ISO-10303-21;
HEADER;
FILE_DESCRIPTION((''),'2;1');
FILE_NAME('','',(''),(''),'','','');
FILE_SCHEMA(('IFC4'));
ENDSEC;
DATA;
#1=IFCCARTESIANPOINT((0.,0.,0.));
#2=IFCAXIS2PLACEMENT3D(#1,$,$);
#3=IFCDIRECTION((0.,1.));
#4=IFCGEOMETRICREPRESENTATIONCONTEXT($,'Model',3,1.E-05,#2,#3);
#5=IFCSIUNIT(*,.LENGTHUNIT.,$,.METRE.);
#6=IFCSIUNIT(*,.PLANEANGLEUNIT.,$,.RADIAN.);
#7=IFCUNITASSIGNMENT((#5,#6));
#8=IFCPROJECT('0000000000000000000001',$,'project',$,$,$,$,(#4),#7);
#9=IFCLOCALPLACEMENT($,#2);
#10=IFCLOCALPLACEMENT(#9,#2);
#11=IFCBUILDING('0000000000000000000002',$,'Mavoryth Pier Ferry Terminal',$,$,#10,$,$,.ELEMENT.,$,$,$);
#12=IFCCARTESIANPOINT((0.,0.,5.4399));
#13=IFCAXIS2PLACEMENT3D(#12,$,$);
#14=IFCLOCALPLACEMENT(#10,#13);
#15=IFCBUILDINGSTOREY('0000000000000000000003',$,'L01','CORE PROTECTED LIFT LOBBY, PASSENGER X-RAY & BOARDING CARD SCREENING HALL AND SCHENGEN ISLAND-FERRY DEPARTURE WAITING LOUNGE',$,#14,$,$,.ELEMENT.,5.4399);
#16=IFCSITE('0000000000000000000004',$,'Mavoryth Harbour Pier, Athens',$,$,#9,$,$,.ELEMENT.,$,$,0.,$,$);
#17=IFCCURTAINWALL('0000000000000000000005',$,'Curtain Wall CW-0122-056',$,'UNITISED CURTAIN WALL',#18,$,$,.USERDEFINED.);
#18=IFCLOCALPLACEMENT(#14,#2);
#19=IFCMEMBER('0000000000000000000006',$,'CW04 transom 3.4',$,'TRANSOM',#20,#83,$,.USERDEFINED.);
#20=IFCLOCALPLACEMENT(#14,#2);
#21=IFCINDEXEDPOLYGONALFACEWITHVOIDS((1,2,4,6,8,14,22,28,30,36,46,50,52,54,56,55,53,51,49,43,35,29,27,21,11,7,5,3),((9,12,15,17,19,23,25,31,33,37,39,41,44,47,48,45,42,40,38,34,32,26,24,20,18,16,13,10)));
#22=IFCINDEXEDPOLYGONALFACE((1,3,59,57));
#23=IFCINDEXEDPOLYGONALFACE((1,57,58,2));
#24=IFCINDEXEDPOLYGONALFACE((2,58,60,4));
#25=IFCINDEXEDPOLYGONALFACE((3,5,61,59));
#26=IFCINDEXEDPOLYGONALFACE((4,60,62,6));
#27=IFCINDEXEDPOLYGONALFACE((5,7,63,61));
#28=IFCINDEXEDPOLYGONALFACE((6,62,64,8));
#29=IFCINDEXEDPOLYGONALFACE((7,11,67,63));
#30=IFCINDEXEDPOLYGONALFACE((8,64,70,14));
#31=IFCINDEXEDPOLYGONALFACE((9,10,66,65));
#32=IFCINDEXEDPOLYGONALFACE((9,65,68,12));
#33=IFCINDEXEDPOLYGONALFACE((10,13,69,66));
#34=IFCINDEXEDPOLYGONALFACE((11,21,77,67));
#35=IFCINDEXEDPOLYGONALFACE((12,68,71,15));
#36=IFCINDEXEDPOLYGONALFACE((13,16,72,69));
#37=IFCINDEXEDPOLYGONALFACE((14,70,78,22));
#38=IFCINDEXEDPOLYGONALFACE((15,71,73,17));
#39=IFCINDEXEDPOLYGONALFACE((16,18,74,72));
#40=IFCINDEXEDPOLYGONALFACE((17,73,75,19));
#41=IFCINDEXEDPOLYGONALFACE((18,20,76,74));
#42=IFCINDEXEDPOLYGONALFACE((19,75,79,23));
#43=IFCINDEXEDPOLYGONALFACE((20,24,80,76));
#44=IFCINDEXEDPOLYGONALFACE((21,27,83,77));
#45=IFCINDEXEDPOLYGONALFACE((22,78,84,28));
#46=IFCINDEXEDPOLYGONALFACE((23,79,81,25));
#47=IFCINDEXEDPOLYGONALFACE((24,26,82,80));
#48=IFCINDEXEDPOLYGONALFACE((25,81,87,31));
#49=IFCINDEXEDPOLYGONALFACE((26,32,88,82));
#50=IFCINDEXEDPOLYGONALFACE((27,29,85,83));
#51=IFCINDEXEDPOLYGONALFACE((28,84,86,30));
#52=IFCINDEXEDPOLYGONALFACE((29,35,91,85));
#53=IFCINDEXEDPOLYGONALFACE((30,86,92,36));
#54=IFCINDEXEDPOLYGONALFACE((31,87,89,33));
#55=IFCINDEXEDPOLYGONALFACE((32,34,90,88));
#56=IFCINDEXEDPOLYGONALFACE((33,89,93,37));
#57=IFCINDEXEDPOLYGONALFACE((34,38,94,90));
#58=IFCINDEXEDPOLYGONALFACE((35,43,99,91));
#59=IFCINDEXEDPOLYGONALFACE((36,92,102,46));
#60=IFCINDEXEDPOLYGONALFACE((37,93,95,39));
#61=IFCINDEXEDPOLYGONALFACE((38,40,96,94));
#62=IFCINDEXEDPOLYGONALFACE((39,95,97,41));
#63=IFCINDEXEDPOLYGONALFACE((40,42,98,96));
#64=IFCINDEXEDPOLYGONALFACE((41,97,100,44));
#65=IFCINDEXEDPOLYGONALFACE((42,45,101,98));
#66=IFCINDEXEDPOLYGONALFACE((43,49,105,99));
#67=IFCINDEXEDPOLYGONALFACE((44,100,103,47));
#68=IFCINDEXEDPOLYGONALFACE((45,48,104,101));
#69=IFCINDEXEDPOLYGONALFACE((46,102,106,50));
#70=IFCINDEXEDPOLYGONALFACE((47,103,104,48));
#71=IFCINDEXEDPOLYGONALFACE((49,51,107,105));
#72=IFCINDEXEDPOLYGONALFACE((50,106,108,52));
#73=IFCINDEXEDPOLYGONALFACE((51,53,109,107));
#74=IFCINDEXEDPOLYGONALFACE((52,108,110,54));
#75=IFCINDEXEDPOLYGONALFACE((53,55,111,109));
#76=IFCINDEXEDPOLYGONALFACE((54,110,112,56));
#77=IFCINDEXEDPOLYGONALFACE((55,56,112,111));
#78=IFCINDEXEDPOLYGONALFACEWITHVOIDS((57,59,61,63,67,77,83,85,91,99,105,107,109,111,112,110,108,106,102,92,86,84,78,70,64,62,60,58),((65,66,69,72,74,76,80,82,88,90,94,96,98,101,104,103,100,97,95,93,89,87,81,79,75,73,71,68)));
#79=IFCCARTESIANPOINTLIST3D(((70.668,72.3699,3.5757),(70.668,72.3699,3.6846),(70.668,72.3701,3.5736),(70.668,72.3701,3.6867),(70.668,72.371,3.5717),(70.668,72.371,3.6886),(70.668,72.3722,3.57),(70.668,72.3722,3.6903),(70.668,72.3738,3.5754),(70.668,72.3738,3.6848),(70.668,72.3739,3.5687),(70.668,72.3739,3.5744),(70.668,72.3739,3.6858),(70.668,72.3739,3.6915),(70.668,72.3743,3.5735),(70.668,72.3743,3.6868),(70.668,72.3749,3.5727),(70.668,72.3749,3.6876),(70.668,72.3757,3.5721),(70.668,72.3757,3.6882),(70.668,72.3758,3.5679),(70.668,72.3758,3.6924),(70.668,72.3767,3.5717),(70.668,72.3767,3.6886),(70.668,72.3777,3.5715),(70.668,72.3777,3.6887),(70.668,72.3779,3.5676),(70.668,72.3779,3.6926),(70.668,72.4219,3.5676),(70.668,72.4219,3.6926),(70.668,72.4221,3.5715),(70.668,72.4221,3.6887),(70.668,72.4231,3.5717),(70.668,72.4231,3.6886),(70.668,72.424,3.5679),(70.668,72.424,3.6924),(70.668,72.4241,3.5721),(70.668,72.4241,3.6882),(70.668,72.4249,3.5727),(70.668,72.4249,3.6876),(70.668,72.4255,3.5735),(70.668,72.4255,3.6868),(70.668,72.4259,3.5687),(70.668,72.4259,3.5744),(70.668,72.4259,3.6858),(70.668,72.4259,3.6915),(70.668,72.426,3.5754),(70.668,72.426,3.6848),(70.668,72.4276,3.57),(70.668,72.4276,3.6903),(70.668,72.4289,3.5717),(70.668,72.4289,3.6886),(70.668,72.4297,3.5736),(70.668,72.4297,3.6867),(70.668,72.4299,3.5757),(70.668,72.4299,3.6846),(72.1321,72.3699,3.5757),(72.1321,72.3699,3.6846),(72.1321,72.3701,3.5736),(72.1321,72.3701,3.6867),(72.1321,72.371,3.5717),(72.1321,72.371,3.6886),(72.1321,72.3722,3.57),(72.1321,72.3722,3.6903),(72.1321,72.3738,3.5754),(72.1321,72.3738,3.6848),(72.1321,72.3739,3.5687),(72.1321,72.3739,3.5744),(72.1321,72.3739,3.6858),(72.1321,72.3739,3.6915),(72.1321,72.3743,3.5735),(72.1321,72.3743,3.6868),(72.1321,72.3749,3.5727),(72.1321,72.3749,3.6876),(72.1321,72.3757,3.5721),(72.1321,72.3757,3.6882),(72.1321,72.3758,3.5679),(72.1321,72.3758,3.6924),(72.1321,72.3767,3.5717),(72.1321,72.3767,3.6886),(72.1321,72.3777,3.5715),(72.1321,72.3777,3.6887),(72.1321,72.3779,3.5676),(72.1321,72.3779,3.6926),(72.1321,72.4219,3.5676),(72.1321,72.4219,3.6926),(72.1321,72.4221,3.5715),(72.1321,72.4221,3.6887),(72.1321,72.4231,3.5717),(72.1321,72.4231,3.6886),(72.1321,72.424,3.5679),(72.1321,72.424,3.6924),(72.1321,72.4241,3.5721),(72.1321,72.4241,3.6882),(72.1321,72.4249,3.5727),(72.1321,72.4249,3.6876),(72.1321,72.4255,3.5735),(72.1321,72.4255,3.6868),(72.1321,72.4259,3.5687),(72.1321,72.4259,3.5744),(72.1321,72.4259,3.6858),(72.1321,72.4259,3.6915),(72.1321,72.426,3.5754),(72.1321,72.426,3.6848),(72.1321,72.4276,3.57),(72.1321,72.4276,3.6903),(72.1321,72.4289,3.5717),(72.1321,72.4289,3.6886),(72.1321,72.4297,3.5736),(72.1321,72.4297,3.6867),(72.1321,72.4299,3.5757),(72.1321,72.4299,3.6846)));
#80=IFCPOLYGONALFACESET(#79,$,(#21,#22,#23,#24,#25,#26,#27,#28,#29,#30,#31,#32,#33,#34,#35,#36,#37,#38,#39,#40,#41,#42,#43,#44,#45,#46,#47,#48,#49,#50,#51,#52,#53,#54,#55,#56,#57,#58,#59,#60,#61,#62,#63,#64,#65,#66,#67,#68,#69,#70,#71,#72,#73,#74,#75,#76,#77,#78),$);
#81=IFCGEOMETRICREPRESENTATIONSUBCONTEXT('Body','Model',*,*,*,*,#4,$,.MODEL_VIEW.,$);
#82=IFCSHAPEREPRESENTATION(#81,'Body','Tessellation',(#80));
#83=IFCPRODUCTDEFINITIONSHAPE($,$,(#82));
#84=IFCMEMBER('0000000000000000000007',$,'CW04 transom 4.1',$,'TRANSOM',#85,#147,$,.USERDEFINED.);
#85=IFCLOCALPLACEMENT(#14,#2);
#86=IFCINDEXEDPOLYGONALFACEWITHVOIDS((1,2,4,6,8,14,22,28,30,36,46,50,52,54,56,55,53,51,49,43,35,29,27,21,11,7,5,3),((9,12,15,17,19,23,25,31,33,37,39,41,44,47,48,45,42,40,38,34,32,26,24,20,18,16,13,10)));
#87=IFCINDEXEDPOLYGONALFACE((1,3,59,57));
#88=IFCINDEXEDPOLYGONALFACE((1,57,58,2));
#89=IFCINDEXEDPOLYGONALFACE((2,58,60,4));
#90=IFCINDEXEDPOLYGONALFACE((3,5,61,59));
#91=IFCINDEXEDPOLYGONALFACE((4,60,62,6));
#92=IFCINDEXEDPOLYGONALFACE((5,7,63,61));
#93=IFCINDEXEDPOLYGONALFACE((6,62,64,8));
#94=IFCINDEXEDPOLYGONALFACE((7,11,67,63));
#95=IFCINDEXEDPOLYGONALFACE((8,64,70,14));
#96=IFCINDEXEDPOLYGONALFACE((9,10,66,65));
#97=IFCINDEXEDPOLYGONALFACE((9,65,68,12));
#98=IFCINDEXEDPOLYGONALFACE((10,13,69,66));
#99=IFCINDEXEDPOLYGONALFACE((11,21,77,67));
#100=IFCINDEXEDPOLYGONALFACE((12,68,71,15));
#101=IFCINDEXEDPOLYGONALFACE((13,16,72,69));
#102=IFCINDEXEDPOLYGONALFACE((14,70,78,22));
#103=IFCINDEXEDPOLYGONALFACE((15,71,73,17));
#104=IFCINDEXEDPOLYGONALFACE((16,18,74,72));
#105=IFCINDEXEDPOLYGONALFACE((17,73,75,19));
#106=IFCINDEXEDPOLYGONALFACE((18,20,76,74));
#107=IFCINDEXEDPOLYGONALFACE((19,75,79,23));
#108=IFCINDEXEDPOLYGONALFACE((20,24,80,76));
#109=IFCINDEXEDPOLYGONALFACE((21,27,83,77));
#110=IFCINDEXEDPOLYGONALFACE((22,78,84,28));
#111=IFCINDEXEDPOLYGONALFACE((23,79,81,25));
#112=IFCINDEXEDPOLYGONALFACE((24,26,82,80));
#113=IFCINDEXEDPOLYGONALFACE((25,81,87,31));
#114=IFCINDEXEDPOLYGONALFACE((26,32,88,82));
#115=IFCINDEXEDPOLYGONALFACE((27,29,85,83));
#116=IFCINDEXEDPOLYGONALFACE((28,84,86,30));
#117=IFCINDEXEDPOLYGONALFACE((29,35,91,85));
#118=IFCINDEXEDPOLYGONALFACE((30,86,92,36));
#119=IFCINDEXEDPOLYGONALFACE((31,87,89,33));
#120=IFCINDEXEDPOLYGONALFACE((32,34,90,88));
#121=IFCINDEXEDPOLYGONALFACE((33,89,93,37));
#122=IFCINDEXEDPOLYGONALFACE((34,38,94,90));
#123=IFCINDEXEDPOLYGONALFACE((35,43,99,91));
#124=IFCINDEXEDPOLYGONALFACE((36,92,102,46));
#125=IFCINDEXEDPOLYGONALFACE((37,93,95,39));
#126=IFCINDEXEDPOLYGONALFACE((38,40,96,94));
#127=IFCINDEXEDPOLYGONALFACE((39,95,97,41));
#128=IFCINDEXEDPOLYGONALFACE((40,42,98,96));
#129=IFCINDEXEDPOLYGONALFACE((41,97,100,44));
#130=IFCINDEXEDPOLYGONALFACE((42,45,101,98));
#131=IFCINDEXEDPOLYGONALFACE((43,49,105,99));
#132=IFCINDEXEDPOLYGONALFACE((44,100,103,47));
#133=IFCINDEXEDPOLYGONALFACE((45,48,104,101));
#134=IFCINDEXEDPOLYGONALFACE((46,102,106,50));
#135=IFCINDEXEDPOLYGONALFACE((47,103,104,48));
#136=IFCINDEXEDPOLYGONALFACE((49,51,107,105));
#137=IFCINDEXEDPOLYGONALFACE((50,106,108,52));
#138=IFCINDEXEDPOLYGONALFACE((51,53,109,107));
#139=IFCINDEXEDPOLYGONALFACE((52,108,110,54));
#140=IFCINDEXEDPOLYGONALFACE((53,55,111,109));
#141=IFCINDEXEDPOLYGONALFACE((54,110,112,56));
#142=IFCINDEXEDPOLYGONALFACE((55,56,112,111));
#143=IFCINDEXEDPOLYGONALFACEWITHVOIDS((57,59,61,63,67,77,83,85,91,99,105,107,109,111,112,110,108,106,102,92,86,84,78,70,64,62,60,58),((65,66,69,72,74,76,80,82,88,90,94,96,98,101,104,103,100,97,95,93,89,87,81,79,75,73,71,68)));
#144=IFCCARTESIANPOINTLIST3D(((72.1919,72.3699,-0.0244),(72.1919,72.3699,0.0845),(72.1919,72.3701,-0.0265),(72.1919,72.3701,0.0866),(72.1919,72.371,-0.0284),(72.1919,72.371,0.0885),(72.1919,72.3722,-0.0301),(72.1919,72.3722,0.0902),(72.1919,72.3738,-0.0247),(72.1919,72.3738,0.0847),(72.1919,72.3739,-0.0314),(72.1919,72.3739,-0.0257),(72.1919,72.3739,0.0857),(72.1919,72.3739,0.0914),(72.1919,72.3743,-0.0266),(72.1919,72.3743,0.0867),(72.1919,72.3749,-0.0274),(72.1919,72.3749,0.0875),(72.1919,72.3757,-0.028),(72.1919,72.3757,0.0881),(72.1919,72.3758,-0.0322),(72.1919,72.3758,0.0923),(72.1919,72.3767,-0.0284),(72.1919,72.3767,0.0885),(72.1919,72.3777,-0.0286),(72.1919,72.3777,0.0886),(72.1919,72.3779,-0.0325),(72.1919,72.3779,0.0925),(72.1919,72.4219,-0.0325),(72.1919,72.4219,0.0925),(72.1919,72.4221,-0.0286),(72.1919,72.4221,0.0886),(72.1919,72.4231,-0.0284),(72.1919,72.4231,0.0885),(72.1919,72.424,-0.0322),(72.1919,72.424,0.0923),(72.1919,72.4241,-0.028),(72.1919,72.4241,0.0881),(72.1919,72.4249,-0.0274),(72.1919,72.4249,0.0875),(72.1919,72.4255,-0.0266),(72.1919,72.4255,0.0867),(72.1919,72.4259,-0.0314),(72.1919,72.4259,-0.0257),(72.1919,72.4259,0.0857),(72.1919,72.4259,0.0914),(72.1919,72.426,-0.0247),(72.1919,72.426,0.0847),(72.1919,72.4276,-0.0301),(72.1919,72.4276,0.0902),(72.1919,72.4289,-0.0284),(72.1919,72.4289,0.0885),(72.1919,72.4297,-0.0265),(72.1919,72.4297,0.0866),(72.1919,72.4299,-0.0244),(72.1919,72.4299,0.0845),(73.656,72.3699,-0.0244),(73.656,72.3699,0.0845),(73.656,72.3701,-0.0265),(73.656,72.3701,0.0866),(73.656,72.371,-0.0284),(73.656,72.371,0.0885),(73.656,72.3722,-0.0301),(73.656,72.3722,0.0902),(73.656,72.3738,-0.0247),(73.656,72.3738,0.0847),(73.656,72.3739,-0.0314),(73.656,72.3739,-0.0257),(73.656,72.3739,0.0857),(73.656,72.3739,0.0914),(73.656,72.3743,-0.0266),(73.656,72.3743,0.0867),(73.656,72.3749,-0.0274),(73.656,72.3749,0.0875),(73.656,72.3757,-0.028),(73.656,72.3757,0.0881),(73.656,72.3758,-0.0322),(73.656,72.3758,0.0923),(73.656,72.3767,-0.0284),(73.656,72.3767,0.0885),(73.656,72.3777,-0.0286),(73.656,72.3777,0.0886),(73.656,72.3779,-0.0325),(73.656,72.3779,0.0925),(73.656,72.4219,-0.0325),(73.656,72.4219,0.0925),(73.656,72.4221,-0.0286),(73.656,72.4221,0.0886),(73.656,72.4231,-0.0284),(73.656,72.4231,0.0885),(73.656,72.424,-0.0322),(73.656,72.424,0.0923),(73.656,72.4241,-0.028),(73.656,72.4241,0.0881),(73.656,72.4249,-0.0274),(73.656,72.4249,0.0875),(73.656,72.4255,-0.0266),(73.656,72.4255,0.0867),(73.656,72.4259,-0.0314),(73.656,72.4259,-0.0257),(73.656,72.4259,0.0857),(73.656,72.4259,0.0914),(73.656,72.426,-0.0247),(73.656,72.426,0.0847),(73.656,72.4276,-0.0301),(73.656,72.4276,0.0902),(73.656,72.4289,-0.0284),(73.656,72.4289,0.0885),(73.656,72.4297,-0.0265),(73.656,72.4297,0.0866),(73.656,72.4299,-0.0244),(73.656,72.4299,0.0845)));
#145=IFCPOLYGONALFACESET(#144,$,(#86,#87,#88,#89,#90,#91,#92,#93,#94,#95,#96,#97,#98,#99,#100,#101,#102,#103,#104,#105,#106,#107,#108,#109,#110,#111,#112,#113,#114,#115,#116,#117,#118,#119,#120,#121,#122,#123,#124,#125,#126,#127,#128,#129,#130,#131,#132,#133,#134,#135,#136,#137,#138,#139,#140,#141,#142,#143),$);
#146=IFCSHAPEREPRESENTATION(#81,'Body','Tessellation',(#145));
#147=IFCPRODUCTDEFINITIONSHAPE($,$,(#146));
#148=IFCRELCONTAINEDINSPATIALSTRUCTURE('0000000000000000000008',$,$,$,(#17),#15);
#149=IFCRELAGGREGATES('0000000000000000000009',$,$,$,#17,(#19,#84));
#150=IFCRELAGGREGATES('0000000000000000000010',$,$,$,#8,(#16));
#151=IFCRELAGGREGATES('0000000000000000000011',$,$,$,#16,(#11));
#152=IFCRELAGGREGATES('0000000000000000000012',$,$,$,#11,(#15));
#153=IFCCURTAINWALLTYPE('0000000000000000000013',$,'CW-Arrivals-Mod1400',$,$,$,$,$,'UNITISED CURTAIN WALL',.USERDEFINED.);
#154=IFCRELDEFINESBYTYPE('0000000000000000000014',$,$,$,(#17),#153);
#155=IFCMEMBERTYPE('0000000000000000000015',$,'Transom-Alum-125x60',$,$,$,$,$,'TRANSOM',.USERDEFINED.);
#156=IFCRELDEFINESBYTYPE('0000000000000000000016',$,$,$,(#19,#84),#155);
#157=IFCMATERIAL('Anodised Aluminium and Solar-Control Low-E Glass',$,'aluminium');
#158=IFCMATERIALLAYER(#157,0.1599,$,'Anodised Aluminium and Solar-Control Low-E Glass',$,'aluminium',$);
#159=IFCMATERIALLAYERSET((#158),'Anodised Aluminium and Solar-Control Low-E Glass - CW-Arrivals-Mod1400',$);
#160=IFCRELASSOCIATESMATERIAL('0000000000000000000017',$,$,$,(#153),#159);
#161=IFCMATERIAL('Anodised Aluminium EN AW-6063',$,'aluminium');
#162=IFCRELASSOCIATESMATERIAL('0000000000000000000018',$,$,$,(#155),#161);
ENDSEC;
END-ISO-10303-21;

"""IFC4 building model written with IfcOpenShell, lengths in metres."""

from ifc_helpers import new_model, si_unit, direction, frame, origin, origin_2d, place, context, subcontext, project, spatial, hollow_rectangle, extrude, material, layer, layer_set, material_profile, profile_set, type_object, element, aggregate, save


model = new_model("IFC4")

# Units and contexts
model_context = context("Model", 3, precision=1e-05, world=origin(), true_north=direction((0.0, 1.0)))
body_context = subcontext(model_context, "Body", "Model", "MODEL_VIEW")
ifc_project = project(units=[si_unit("LENGTHUNIT", "METRE"), si_unit("PLANEANGLEUNIT", "RADIAN")], contexts=[model_context])

# Site, building, storey
site_placement = place(None, origin())
site = spatial("IfcSite", under=ifc_project, at=site_placement, Name="Mavoryth Harbour Pier, Athens", CompositionType="ELEMENT", RefElevation=0.0)
building_placement = place(site_placement, origin())
building = spatial("IfcBuilding", under=site, at=building_placement, Name="Mavoryth Pier Ferry Terminal", CompositionType="ELEMENT")
storey_placement = place(building_placement, frame((0.0, 0.0, 5.4399)))
storey = spatial("IfcBuildingStorey", under=building, at=storey_placement, Name="L01", Description="CORE PROTECTED LIFT LOBBY, PASSENGER X-RAY & BOARDING CARD SCREENING HALL AND SCHENGEN ISLAND-FERRY DEPARTURE WAITING LOUNGE", CompositionType="ELEMENT", Elevation=5.4399)

# Curtain wall, members
ifc_material_1 = material(Name="Anodised Aluminium and Solar-Control Low-E Glass", Category="aluminium")
ifc_layer_1 = layer(ifc_material_1, 0.1599, Name="Anodised Aluminium and Solar-Control Low-E Glass", Category="aluminium")
ifc_layer_set_1 = layer_set([ifc_layer_1], Name="Anodised Aluminium and Solar-Control Low-E Glass - CW-Arrivals-Mod1400")
curtain_wall_type = type_object("IfcCurtainWallType", Name="CW-Arrivals-Mod1400", ElementType="UNITISED CURTAIN WALL", PredefinedType="USERDEFINED", material=ifc_layer_set_1)
curtain_wall_placement = place(storey_placement, origin())
curtain_wall = element("IfcCurtainWall", 1, at=curtain_wall_placement, inside=storey, type_object=curtain_wall_type, Name="Curtain Wall CW-0122-056", ObjectType="UNITISED CURTAIN WALL", PredefinedType="USERDEFINED")
ifc_material_2 = material(Name="Anodised Aluminium EN AW-6063", Category="aluminium")
ifc_material_profile_1 = material_profile(ifc_material_2, hollow_rectangle(XDim=0.0601, YDim=0.125, WallThickness=0.0039, InnerFilletRadius=0.0039, OuterFilletRadius=0.0081, at=origin_2d()), Name="AL-TRAN 125x60x4", Category="aluminium")
ifc_profile_set_1 = profile_set([ifc_material_profile_1], Name="Anodised Aluminium EN AW-6063 - AL-TRAN 125x60x4")
member_type_1 = type_object("IfcMemberType", Name="Transom-Alum-125x60", ElementType="TRANSOM", PredefinedType="USERDEFINED", material=ifc_profile_set_1)
member_1_placement = place(storey_placement, frame((70.668, 72.3999, 3.6301), z_axis=(1.0, 0.0, 0.0), x_axis=(0.0, 1.0, 0.0)))
member_1 = element("IfcMember", 2, at=member_1_placement, type_object=member_type_1, Name="CW04 transom 3.4", ObjectType="TRANSOM", PredefinedType="USERDEFINED", context=body_context, shape_type="SweptSolid", body=[
    extrude(hollow_rectangle(XDim=0.0601, YDim=0.125, WallThickness=0.0039, InnerFilletRadius=0.0039, OuterFilletRadius=0.0081, at=origin_2d()), origin(), (0.0, 0.0, 1.0), 1.4641),
])
member_2_placement = place(storey_placement, frame((72.1919, 72.3999, 0.03), z_axis=(1.0, 0.0, 0.0), x_axis=(0.0, 1.0, 0.0)))
member_2 = element("IfcMember", 3, at=member_2_placement, type_object=member_type_1, Name="CW04 transom 4.1", ObjectType="TRANSOM", PredefinedType="USERDEFINED", context=body_context, shape_type="SweptSolid", body=[
    extrude(hollow_rectangle(XDim=0.0601, YDim=0.125, WallThickness=0.0039, InnerFilletRadius=0.0039, OuterFilletRadius=0.0081, at=origin_2d()), origin(), (0.0, 0.0, 1.0), 1.4641),
])
aggregate(curtain_wall, [member_1, member_2])

save(model, "model.ifc")
